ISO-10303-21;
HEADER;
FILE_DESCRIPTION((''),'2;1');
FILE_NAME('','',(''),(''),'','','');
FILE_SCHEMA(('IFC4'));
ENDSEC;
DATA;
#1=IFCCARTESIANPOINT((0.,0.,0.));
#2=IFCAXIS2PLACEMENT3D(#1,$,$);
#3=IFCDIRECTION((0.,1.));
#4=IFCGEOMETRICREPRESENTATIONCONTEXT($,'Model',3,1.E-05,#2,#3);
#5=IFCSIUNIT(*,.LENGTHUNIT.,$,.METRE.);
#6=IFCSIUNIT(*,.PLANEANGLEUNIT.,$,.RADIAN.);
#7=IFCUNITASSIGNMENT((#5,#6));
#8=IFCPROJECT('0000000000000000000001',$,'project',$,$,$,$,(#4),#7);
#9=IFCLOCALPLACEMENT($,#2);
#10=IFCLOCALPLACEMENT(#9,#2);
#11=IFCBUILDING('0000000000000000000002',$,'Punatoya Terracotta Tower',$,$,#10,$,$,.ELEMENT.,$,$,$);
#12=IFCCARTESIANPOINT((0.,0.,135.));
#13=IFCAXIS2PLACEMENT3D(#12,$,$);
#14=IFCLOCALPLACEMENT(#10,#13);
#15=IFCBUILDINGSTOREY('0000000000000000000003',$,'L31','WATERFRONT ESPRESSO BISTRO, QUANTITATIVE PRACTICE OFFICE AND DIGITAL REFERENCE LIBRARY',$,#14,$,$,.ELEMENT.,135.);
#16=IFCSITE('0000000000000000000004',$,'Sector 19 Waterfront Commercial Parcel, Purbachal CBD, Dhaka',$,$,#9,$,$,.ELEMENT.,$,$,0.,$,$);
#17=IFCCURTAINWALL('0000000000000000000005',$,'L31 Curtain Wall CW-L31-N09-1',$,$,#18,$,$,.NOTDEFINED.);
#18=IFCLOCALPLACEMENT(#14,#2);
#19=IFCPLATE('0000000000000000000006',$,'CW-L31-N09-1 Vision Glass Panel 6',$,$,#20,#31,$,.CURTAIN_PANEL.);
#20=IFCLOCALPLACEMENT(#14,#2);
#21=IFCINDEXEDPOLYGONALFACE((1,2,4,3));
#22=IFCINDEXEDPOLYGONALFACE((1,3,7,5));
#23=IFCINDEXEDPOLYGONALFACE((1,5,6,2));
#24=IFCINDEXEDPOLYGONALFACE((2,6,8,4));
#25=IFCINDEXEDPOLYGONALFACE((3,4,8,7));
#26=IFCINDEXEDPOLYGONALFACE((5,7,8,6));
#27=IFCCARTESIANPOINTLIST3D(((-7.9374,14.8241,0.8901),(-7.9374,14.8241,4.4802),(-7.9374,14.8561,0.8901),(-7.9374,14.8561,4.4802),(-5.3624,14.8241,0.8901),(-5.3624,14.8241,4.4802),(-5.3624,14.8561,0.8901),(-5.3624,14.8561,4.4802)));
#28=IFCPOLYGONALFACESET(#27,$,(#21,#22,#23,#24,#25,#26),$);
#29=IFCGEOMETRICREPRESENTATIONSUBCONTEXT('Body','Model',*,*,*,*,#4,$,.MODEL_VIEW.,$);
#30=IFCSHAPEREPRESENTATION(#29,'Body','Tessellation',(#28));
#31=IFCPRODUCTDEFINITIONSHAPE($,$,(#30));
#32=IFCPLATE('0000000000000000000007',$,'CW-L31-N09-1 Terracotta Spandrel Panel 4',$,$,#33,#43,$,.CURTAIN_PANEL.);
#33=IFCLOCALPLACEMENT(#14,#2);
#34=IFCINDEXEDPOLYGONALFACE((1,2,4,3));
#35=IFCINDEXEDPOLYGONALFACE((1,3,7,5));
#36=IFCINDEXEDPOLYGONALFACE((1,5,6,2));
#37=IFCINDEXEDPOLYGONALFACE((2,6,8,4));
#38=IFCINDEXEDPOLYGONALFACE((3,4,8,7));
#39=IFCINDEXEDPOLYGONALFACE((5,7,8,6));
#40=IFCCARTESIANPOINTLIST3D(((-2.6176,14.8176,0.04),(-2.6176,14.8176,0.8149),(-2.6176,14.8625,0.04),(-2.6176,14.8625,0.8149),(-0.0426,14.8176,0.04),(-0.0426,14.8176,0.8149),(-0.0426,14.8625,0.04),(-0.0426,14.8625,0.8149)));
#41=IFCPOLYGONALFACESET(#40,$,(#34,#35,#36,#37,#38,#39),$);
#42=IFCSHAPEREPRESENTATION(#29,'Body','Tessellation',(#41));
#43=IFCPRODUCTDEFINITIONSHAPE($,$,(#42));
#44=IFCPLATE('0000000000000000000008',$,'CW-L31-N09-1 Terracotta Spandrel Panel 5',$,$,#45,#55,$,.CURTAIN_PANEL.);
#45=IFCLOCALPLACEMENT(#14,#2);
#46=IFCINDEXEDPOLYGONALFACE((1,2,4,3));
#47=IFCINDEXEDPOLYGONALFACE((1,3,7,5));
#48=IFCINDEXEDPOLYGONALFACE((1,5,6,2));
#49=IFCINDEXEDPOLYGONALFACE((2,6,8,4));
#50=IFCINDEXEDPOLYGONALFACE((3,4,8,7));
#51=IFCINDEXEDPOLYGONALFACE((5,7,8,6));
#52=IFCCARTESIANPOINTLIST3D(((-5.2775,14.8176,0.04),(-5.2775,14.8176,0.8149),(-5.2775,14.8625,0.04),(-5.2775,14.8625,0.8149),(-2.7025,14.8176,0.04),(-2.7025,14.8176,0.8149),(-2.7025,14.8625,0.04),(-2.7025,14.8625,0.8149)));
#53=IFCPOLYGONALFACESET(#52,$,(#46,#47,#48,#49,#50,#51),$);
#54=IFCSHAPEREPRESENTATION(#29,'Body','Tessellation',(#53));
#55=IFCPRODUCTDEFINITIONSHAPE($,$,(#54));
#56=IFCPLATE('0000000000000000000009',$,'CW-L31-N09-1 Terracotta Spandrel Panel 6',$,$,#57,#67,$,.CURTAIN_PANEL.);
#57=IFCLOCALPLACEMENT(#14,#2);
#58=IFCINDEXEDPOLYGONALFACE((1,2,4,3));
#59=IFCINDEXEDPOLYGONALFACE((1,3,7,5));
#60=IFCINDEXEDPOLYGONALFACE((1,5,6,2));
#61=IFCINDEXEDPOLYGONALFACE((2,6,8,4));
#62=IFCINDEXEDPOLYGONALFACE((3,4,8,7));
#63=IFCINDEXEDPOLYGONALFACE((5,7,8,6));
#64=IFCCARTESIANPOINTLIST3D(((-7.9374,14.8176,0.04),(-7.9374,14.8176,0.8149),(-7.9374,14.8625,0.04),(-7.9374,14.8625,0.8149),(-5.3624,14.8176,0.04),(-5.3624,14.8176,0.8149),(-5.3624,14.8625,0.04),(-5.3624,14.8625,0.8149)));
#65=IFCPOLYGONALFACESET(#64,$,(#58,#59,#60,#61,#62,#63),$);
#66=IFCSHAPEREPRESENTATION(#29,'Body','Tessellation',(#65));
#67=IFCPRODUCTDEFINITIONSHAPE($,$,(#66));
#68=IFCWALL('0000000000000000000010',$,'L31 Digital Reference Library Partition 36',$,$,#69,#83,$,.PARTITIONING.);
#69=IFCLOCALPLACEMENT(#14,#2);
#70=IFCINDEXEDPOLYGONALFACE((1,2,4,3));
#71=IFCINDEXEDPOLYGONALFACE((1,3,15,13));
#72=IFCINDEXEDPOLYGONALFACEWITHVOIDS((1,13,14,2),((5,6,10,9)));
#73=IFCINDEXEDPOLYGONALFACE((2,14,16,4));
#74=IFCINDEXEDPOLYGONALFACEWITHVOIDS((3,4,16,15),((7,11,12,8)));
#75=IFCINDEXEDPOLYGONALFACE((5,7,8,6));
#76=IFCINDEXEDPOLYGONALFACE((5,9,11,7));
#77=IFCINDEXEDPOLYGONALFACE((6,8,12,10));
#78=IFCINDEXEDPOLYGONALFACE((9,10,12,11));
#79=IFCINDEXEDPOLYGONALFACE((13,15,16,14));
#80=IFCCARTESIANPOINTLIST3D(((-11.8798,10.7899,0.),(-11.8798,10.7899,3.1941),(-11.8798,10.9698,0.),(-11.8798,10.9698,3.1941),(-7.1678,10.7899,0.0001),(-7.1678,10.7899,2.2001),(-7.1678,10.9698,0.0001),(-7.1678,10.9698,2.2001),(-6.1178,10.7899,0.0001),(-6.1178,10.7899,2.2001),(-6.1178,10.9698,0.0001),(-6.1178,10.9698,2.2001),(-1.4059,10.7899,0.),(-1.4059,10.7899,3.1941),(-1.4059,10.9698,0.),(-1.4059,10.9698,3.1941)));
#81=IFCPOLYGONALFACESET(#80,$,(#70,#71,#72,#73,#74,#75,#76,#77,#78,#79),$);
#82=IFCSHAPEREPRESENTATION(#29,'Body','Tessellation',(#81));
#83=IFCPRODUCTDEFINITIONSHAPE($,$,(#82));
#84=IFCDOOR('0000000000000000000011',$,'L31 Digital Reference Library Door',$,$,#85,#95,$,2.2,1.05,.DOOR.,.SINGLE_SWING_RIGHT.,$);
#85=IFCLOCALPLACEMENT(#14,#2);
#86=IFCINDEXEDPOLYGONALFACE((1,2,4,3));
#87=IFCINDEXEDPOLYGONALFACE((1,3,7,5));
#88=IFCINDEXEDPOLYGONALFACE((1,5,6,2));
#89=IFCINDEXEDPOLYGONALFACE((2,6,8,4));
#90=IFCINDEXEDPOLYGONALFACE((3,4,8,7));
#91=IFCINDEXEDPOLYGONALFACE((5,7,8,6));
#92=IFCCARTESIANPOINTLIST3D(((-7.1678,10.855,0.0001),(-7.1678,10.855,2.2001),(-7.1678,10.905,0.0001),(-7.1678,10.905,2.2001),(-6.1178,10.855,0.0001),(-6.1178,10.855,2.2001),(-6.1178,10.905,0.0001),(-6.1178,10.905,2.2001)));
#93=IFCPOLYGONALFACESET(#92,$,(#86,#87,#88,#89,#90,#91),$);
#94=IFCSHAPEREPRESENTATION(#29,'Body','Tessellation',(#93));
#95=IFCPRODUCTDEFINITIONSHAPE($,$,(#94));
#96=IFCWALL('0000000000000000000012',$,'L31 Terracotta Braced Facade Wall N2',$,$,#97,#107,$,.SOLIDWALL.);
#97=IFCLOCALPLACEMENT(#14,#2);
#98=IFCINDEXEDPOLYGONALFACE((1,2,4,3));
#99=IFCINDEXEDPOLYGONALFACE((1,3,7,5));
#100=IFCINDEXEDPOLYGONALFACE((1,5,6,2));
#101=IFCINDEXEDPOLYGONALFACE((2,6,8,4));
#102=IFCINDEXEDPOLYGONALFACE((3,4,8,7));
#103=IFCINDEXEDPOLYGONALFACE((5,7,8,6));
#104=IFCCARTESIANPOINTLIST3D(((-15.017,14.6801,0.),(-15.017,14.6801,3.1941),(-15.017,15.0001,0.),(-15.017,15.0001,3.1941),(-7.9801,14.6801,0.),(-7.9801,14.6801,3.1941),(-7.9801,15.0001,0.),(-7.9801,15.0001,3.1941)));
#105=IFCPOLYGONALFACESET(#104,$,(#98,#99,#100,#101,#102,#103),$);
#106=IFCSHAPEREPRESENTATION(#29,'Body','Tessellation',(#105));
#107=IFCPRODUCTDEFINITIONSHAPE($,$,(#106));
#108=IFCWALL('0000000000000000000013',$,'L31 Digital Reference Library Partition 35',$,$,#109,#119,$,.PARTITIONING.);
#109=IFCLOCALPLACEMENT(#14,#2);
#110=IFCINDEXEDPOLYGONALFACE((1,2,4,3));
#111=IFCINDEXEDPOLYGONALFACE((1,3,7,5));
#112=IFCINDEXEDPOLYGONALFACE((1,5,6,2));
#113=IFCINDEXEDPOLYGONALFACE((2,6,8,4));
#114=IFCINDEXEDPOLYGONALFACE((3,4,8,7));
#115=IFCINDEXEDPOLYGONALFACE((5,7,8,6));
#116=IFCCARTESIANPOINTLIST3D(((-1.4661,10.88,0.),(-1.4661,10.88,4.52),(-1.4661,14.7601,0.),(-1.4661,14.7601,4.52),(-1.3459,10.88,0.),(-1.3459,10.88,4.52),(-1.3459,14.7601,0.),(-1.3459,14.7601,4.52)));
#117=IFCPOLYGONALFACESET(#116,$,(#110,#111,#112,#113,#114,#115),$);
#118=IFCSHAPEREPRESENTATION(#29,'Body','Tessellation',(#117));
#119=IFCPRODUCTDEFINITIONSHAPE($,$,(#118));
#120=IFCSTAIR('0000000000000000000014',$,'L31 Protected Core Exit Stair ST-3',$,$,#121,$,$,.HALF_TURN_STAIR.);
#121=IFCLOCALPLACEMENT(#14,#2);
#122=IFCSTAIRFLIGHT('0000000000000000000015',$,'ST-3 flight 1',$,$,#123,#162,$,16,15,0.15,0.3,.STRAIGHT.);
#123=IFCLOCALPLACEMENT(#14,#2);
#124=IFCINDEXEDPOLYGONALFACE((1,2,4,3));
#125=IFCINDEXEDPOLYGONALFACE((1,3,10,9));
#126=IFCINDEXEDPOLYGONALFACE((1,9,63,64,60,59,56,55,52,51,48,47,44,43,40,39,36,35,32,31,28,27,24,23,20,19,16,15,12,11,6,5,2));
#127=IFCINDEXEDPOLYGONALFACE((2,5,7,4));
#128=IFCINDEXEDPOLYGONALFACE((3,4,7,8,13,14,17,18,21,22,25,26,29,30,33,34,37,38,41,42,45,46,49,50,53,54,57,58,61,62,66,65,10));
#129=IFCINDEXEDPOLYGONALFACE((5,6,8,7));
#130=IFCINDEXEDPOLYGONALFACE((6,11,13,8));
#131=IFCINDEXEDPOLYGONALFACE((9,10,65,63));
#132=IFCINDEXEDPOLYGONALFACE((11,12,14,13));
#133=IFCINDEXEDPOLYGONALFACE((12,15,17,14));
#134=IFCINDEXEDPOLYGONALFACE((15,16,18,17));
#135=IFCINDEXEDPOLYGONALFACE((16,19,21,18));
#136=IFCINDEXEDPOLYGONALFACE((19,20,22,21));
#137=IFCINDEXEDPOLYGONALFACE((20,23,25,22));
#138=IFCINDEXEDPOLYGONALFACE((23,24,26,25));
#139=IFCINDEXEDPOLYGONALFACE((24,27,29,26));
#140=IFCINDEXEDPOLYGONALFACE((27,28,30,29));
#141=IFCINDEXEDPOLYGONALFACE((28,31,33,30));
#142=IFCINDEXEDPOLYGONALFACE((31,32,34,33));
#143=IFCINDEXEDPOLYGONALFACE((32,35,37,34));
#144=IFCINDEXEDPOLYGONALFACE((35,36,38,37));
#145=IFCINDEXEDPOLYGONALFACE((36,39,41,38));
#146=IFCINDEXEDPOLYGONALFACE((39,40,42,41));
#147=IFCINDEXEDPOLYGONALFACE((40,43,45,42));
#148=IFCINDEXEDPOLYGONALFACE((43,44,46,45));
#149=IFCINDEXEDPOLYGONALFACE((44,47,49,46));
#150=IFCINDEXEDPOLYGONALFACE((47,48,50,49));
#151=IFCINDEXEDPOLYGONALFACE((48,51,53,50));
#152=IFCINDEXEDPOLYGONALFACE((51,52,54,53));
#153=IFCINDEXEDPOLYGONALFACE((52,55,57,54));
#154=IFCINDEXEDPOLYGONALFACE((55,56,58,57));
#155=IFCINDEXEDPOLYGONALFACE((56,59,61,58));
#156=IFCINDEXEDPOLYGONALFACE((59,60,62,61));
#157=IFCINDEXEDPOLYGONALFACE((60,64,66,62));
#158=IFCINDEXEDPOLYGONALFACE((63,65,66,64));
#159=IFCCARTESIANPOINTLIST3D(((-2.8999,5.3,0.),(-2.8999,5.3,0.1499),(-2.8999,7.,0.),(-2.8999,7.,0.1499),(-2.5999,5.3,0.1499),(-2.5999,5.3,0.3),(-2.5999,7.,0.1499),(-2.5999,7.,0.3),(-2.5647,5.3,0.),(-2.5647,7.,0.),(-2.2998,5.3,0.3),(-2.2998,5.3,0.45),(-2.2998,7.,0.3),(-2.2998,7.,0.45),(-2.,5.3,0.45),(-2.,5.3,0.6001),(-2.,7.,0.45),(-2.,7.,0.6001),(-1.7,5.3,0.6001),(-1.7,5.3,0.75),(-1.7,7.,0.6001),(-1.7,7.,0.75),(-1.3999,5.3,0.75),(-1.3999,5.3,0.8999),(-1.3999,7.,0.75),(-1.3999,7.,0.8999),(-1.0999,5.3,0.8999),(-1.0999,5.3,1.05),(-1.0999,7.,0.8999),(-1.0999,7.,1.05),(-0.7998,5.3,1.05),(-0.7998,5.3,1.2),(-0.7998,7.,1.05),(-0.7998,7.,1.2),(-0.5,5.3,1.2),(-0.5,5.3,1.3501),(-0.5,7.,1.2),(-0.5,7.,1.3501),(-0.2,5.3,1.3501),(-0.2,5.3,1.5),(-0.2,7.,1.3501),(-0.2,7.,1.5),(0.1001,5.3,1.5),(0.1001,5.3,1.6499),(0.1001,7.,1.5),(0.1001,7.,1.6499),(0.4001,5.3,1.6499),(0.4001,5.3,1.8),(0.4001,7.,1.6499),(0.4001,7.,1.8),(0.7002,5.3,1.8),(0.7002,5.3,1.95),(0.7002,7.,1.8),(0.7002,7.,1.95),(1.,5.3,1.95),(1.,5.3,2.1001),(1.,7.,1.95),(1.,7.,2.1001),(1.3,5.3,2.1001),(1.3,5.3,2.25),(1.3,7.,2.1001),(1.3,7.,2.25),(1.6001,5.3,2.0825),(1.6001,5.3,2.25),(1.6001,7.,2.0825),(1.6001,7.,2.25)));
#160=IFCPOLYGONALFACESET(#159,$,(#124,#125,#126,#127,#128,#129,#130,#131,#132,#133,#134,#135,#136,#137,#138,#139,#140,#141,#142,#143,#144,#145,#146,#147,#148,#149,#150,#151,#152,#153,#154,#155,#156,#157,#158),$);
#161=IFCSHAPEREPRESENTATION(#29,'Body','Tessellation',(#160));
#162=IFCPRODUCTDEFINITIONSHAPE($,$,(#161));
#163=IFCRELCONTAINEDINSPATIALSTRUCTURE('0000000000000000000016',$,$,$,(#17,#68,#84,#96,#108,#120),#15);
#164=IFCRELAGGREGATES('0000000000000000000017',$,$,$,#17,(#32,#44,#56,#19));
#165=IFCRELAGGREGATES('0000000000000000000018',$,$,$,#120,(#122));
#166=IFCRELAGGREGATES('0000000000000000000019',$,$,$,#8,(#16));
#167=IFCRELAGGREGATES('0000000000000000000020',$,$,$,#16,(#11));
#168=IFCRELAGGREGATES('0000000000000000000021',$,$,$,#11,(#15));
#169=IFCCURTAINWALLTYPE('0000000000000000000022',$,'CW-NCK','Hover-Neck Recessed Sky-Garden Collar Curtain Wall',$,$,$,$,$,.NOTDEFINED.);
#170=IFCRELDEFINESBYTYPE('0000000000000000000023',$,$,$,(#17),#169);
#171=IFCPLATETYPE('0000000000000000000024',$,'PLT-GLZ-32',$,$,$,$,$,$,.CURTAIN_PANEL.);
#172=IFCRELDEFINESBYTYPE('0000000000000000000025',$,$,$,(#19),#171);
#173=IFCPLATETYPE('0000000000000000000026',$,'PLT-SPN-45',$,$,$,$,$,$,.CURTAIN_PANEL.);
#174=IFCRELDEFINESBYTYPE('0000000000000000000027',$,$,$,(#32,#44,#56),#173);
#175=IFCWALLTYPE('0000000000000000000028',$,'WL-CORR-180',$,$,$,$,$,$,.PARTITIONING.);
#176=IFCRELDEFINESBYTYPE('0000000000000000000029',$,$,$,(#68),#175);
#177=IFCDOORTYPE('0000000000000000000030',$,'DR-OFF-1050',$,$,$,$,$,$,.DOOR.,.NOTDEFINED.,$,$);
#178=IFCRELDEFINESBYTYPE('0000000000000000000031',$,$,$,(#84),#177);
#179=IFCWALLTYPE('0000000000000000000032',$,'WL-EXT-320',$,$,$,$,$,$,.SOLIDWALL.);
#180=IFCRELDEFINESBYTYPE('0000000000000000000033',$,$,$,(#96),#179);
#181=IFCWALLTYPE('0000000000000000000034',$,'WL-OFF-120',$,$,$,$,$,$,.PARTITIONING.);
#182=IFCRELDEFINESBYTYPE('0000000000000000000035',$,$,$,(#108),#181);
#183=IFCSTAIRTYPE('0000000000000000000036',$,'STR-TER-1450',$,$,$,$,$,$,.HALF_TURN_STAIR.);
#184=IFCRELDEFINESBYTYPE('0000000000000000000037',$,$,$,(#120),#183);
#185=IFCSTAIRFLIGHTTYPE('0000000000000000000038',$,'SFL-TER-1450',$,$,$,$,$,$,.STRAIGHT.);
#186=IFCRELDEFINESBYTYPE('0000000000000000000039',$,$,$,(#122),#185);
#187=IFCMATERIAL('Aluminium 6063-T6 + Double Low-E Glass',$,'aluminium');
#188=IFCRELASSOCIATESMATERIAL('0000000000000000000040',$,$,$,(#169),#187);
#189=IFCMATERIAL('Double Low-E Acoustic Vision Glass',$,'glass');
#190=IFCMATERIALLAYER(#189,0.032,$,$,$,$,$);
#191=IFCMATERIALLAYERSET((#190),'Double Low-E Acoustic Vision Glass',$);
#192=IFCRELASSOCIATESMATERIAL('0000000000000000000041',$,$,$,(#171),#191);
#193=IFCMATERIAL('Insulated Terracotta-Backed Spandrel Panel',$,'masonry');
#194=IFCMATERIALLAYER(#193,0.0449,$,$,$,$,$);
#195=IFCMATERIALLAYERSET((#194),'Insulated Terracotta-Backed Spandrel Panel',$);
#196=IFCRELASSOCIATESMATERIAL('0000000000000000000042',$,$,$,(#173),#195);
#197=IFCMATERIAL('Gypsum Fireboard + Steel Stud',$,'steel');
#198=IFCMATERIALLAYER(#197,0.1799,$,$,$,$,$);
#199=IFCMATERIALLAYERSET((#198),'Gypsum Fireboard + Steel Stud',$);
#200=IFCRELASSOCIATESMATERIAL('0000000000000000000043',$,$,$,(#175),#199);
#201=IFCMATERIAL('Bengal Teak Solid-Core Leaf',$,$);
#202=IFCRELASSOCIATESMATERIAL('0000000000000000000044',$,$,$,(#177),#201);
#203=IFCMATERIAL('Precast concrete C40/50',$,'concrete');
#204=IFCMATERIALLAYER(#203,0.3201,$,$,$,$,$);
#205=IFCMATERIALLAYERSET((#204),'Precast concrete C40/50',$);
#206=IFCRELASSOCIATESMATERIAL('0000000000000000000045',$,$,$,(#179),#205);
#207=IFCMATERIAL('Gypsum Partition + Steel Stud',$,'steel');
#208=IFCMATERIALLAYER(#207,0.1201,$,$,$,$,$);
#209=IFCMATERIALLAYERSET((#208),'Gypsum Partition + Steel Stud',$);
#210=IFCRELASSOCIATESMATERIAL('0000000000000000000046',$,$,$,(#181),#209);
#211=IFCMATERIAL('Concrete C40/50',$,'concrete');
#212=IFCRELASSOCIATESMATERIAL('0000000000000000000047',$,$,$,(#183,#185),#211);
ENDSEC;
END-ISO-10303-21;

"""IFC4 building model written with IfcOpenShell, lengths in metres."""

from ifc_helpers import new_model, si_unit, direction, frame, frame_2d, origin, origin_2d, place, context, subcontext, project, spatial, polyline, rectangle, outline, extrude, material, layer, layer_set, type_object, element, fill, aggregate, save


model = new_model("IFC4")

# Units and contexts
model_context = context("Model", 3, precision=1e-05, world=origin(), true_north=direction((0.0, 1.0)))
body_context = subcontext(model_context, "Body", "Model", "MODEL_VIEW")
ifc_project = project(units=[si_unit("LENGTHUNIT", "METRE"), si_unit("PLANEANGLEUNIT", "RADIAN")], contexts=[model_context])

# Site, building, storey
site_placement = place(None, origin())
site = spatial("IfcSite", under=ifc_project, at=site_placement, Name="Sector 19 Waterfront Commercial Parcel, Purbachal CBD, Dhaka", CompositionType="ELEMENT", RefElevation=0.0)
building_placement = place(site_placement, origin())
building = spatial("IfcBuilding", under=site, at=building_placement, Name="Punatoya Terracotta Tower", CompositionType="ELEMENT")
storey_placement = place(building_placement, frame((0.0, 0.0, 135.0)))
storey = spatial("IfcBuildingStorey", under=building, at=storey_placement, Name="L31", Description="WATERFRONT ESPRESSO BISTRO, QUANTITATIVE PRACTICE OFFICE AND DIGITAL REFERENCE LIBRARY", CompositionType="ELEMENT", Elevation=135.0)

# Curtain wall, plates
ifc_material_1 = material(Name="Aluminium 6063-T6 + Double Low-E Glass", Category="aluminium")
curtain_wall_type = type_object("IfcCurtainWallType", Name="CW-NCK", Description="Hover-Neck Recessed Sky-Garden Collar Curtain Wall", PredefinedType="NOTDEFINED", material=ifc_material_1)
curtain_wall_placement = place(storey_placement, origin())
curtain_wall = element("IfcCurtainWall", 1, at=curtain_wall_placement, inside=storey, type_object=curtain_wall_type, Name="L31 Curtain Wall CW-L31-N09-1", PredefinedType="NOTDEFINED")
ifc_material_2 = material(Name="Double Low-E Acoustic Vision Glass", Category="glass")
ifc_layer_1 = layer(ifc_material_2, 0.032)
ifc_layer_set_1 = layer_set([ifc_layer_1], Name="Double Low-E Acoustic Vision Glass")
plate_type_1 = type_object("IfcPlateType", Name="PLT-GLZ-32", PredefinedType="CURTAIN_PANEL", material=ifc_layer_set_1)
plate_1_placement = place(storey_placement, frame((-6.6499, 14.8401, 0.8901), z_axis=(0.0, 0.0, 1.0), x_axis=(-1.0, 0.0, 0.0)))
plate_1 = element("IfcPlate", 2, at=plate_1_placement, type_object=plate_type_1, Name="CW-L31-N09-1 Vision Glass Panel 6", PredefinedType="CURTAIN_PANEL", context=body_context, shape_type="SweptSolid", body=[
    extrude(rectangle(XDim=2.575, YDim=0.032, at=origin_2d()), origin(), (0.0, 0.0, 1.0), 3.5901),
])
ifc_material_3 = material(Name="Insulated Terracotta-Backed Spandrel Panel", Category="masonry")
ifc_layer_2 = layer(ifc_material_3, 0.0449)
ifc_layer_set_2 = layer_set([ifc_layer_2], Name="Insulated Terracotta-Backed Spandrel Panel")
plate_type_2 = type_object("IfcPlateType", Name="PLT-SPN-45", PredefinedType="CURTAIN_PANEL", material=ifc_layer_set_2)
plate_2_placement = place(storey_placement, frame((-1.3301, 14.8401, 0.04), z_axis=(0.0, 0.0, 1.0), x_axis=(-1.0, 0.0, 0.0)))
plate_2 = element("IfcPlate", 3, at=plate_2_placement, type_object=plate_type_2, Name="CW-L31-N09-1 Terracotta Spandrel Panel 4", PredefinedType="CURTAIN_PANEL", context=body_context, shape_type="SweptSolid", body=[
    extrude(rectangle(XDim=2.575, YDim=0.0449, at=origin_2d()), origin(), (0.0, 0.0, 1.0), 0.7749),
])
plate_3_placement = place(storey_placement, frame((-3.99, 14.8401, 0.04), z_axis=(0.0, 0.0, 1.0), x_axis=(-1.0, 0.0, 0.0)))
plate_3 = element("IfcPlate", 4, at=plate_3_placement, type_object=plate_type_2, Name="CW-L31-N09-1 Terracotta Spandrel Panel 5", PredefinedType="CURTAIN_PANEL", context=body_context, shape_type="SweptSolid", body=[
    extrude(rectangle(XDim=2.575, YDim=0.0449, at=origin_2d()), origin(), (0.0, 0.0, 1.0), 0.7749),
])
plate_4_placement = place(storey_placement, frame((-6.6499, 14.8401, 0.04), z_axis=(0.0, 0.0, 1.0), x_axis=(-1.0, 0.0, 0.0)))
plate_4 = element("IfcPlate", 5, at=plate_4_placement, type_object=plate_type_2, Name="CW-L31-N09-1 Terracotta Spandrel Panel 6", PredefinedType="CURTAIN_PANEL", context=body_context, shape_type="SweptSolid", body=[
    extrude(rectangle(XDim=2.575, YDim=0.0449, at=origin_2d()), origin(), (0.0, 0.0, 1.0), 0.7749),
])
aggregate(curtain_wall, [plate_2, plate_3, plate_4, plate_1])

# Wall, opening, door
ifc_material_4 = material(Name="Gypsum Fireboard + Steel Stud", Category="steel")
ifc_layer_3 = layer(ifc_material_4, 0.1799)
ifc_layer_set_3 = layer_set([ifc_layer_3], Name="Gypsum Fireboard + Steel Stud")
wall_type_1 = type_object("IfcWallType", Name="WL-CORR-180", PredefinedType="PARTITIONING", material=ifc_layer_set_3)
wall_1_placement = place(storey_placement, frame((-1.406, 10.8799, 0.0), z_axis=(0.0, 0.0, 1.0), x_axis=(-1.0, 0.0, 0.0)))
wall_1 = element("IfcWall", 6, at=wall_1_placement, inside=storey, type_object=wall_type_1, Name="L31 Digital Reference Library Partition 36", PredefinedType="PARTITIONING", context=body_context, shape_type="SweptSolid", body=[
    extrude(rectangle(XDim=10.4739, YDim=0.1799, at=frame_2d((5.2368, 0.0))), origin(), (0.0, 0.0, 1.0), 3.1941),
])
opening_placement = place(wall_1_placement, frame((4.7119, 0.0, 0.0)))
opening = element("IfcOpeningElement", 7, at=opening_placement, cuts=wall_1, PredefinedType="OPENING", context=body_context, shape_type="SweptSolid", body=[
    extrude(rectangle(XDim=1.05, YDim=2.2, at=frame_2d((0.5249, 1.1001))), frame((0.0, 0.0999, 0.0), z_axis=(0.0, -1.0, 0.0), x_axis=(1.0, 0.0, 0.0)), (0.0, 0.0, 1.0), 0.2),
])
ifc_material_5 = material(Name="Bengal Teak Solid-Core Leaf")
door_type = type_object("IfcDoorType", Name="DR-OFF-1050", OperationType="NOTDEFINED", PredefinedType="DOOR", material=ifc_material_5)
door_placement = place(opening_placement, origin())
door = element("IfcDoor", 8, at=door_placement, inside=storey, type_object=door_type, Name="L31 Digital Reference Library Door", OperationType="SINGLE_SWING_RIGHT", OverallHeight=2.2, OverallWidth=1.05, PredefinedType="DOOR", context=body_context, shape_type="SweptSolid", body=[
    extrude(rectangle(XDim=1.05, YDim=2.2, at=frame_2d((0.5249, 1.1001))), frame((0.0, 0.0249, 0.0), z_axis=(0.0, -1.0, 0.0), x_axis=(1.0, 0.0, 0.0)), (0.0, 0.0, 1.0), 0.05),
])
fill(opening, door)

# Walls
ifc_material_6 = material(Name="Precast concrete C40/50", Category="concrete")
ifc_layer_4 = layer(ifc_material_6, 0.3201)
ifc_layer_set_4 = layer_set([ifc_layer_4], Name="Precast concrete C40/50")
wall_type_2 = type_object("IfcWallType", Name="WL-EXT-320", PredefinedType="SOLIDWALL", material=ifc_layer_set_4)
wall_2_placement = place(storey_placement, frame((-7.98, 14.8401, 0.0), z_axis=(0.0, 0.0, 1.0), x_axis=(-1.0, 0.0, 0.0)))
element("IfcWall", 9, at=wall_2_placement, inside=storey, type_object=wall_type_2, Name="L31 Terracotta Braced Facade Wall N2", PredefinedType="SOLIDWALL", context=body_context, shape_type="SweptSolid", body=[
    extrude(rectangle(XDim=7.0369, YDim=0.3201, at=frame_2d((3.5186, 0.0))), origin(), (0.0, 0.0, 1.0), 3.1941),
])
ifc_material_7 = material(Name="Gypsum Partition + Steel Stud", Category="steel")
ifc_layer_5 = layer(ifc_material_7, 0.1201)
ifc_layer_set_5 = layer_set([ifc_layer_5], Name="Gypsum Partition + Steel Stud")
wall_type_3 = type_object("IfcWallType", Name="WL-OFF-120", PredefinedType="PARTITIONING", material=ifc_layer_set_5)
wall_3_placement = place(storey_placement, frame((-1.406, 14.76, 0.0), z_axis=(0.0, 0.0, 1.0), x_axis=(0.0, -1.0, 0.0)))
element("IfcWall", 10, at=wall_3_placement, inside=storey, type_object=wall_type_3, Name="L31 Digital Reference Library Partition 35", PredefinedType="PARTITIONING", context=body_context, shape_type="SweptSolid", body=[
    extrude(rectangle(XDim=3.8801, YDim=0.1201, at=frame_2d((1.9399, 0.0))), origin(), (0.0, 0.0, 1.0), 4.52),
])

# Stair, stair flight
ifc_material_8 = material(Name="Concrete C40/50", Category="concrete")
stair_type = type_object("IfcStairType", Name="STR-TER-1450", PredefinedType="HALF_TURN_STAIR", material=ifc_material_8)
stair_placement = place(storey_placement, origin())
stair = element("IfcStair", 11, at=stair_placement, inside=storey, type_object=stair_type, Name="L31 Protected Core Exit Stair ST-3", PredefinedType="HALF_TURN_STAIR")
stair_flight_type = type_object("IfcStairFlightType", Name="SFL-TER-1450", PredefinedType="STRAIGHT", material=ifc_material_8)
stair_flight_placement = place(storey_placement, frame((-2.8999, 6.1499, 0.0), z_axis=(0.0, 0.0, 1.0), x_axis=(1.0, 0.0, 0.0)))
stair_flight = element("IfcStairFlight", 12, at=stair_flight_placement, type_object=stair_flight_type, Name="ST-3 flight 1", NumberOfRisers=16, NumberOfTreads=15, PredefinedType="STRAIGHT", RiserHeight=0.15, TreadLength=0.3, context=body_context, shape_type="SweptSolid", body=[
    extrude(outline(polyline([(0.0, 0.0), (0.0, 0.1499), (0.3, 0.1499), (0.3, 0.3), (0.6001, 0.3), (0.6001, 0.45), (0.8999, 0.45), (0.8999, 0.6001), (1.2, 0.6001), (1.2, 0.75), (1.5, 0.75), (1.5, 0.8999), (1.8, 0.8999), (1.8, 1.05), (2.1001, 1.05), (2.1001, 1.2), (2.3999, 1.2), (2.3999, 1.3501), (2.7, 1.3501), (2.7, 1.5), (3.0, 1.5), (3.0, 1.6499), (3.3, 1.6499), (3.3, 1.8), (3.6001, 1.8), (3.6001, 1.95), (3.8999, 1.95), (3.8999, 2.1001), (4.2, 2.1001), (4.2, 2.25), (4.5, 2.25), (4.5, 2.3999), (4.5, 2.0825), (0.3352, 0.0), (0.0, 0.0)])), frame((0.0, 0.8501, 0.0), z_axis=(0.0, -1.0, 0.0), x_axis=(1.0, 0.0, 0.0)), (0.0, 0.0, 1.0), 1.7),
])
aggregate(stair, [stair_flight])

save(model, "model.ifc")
